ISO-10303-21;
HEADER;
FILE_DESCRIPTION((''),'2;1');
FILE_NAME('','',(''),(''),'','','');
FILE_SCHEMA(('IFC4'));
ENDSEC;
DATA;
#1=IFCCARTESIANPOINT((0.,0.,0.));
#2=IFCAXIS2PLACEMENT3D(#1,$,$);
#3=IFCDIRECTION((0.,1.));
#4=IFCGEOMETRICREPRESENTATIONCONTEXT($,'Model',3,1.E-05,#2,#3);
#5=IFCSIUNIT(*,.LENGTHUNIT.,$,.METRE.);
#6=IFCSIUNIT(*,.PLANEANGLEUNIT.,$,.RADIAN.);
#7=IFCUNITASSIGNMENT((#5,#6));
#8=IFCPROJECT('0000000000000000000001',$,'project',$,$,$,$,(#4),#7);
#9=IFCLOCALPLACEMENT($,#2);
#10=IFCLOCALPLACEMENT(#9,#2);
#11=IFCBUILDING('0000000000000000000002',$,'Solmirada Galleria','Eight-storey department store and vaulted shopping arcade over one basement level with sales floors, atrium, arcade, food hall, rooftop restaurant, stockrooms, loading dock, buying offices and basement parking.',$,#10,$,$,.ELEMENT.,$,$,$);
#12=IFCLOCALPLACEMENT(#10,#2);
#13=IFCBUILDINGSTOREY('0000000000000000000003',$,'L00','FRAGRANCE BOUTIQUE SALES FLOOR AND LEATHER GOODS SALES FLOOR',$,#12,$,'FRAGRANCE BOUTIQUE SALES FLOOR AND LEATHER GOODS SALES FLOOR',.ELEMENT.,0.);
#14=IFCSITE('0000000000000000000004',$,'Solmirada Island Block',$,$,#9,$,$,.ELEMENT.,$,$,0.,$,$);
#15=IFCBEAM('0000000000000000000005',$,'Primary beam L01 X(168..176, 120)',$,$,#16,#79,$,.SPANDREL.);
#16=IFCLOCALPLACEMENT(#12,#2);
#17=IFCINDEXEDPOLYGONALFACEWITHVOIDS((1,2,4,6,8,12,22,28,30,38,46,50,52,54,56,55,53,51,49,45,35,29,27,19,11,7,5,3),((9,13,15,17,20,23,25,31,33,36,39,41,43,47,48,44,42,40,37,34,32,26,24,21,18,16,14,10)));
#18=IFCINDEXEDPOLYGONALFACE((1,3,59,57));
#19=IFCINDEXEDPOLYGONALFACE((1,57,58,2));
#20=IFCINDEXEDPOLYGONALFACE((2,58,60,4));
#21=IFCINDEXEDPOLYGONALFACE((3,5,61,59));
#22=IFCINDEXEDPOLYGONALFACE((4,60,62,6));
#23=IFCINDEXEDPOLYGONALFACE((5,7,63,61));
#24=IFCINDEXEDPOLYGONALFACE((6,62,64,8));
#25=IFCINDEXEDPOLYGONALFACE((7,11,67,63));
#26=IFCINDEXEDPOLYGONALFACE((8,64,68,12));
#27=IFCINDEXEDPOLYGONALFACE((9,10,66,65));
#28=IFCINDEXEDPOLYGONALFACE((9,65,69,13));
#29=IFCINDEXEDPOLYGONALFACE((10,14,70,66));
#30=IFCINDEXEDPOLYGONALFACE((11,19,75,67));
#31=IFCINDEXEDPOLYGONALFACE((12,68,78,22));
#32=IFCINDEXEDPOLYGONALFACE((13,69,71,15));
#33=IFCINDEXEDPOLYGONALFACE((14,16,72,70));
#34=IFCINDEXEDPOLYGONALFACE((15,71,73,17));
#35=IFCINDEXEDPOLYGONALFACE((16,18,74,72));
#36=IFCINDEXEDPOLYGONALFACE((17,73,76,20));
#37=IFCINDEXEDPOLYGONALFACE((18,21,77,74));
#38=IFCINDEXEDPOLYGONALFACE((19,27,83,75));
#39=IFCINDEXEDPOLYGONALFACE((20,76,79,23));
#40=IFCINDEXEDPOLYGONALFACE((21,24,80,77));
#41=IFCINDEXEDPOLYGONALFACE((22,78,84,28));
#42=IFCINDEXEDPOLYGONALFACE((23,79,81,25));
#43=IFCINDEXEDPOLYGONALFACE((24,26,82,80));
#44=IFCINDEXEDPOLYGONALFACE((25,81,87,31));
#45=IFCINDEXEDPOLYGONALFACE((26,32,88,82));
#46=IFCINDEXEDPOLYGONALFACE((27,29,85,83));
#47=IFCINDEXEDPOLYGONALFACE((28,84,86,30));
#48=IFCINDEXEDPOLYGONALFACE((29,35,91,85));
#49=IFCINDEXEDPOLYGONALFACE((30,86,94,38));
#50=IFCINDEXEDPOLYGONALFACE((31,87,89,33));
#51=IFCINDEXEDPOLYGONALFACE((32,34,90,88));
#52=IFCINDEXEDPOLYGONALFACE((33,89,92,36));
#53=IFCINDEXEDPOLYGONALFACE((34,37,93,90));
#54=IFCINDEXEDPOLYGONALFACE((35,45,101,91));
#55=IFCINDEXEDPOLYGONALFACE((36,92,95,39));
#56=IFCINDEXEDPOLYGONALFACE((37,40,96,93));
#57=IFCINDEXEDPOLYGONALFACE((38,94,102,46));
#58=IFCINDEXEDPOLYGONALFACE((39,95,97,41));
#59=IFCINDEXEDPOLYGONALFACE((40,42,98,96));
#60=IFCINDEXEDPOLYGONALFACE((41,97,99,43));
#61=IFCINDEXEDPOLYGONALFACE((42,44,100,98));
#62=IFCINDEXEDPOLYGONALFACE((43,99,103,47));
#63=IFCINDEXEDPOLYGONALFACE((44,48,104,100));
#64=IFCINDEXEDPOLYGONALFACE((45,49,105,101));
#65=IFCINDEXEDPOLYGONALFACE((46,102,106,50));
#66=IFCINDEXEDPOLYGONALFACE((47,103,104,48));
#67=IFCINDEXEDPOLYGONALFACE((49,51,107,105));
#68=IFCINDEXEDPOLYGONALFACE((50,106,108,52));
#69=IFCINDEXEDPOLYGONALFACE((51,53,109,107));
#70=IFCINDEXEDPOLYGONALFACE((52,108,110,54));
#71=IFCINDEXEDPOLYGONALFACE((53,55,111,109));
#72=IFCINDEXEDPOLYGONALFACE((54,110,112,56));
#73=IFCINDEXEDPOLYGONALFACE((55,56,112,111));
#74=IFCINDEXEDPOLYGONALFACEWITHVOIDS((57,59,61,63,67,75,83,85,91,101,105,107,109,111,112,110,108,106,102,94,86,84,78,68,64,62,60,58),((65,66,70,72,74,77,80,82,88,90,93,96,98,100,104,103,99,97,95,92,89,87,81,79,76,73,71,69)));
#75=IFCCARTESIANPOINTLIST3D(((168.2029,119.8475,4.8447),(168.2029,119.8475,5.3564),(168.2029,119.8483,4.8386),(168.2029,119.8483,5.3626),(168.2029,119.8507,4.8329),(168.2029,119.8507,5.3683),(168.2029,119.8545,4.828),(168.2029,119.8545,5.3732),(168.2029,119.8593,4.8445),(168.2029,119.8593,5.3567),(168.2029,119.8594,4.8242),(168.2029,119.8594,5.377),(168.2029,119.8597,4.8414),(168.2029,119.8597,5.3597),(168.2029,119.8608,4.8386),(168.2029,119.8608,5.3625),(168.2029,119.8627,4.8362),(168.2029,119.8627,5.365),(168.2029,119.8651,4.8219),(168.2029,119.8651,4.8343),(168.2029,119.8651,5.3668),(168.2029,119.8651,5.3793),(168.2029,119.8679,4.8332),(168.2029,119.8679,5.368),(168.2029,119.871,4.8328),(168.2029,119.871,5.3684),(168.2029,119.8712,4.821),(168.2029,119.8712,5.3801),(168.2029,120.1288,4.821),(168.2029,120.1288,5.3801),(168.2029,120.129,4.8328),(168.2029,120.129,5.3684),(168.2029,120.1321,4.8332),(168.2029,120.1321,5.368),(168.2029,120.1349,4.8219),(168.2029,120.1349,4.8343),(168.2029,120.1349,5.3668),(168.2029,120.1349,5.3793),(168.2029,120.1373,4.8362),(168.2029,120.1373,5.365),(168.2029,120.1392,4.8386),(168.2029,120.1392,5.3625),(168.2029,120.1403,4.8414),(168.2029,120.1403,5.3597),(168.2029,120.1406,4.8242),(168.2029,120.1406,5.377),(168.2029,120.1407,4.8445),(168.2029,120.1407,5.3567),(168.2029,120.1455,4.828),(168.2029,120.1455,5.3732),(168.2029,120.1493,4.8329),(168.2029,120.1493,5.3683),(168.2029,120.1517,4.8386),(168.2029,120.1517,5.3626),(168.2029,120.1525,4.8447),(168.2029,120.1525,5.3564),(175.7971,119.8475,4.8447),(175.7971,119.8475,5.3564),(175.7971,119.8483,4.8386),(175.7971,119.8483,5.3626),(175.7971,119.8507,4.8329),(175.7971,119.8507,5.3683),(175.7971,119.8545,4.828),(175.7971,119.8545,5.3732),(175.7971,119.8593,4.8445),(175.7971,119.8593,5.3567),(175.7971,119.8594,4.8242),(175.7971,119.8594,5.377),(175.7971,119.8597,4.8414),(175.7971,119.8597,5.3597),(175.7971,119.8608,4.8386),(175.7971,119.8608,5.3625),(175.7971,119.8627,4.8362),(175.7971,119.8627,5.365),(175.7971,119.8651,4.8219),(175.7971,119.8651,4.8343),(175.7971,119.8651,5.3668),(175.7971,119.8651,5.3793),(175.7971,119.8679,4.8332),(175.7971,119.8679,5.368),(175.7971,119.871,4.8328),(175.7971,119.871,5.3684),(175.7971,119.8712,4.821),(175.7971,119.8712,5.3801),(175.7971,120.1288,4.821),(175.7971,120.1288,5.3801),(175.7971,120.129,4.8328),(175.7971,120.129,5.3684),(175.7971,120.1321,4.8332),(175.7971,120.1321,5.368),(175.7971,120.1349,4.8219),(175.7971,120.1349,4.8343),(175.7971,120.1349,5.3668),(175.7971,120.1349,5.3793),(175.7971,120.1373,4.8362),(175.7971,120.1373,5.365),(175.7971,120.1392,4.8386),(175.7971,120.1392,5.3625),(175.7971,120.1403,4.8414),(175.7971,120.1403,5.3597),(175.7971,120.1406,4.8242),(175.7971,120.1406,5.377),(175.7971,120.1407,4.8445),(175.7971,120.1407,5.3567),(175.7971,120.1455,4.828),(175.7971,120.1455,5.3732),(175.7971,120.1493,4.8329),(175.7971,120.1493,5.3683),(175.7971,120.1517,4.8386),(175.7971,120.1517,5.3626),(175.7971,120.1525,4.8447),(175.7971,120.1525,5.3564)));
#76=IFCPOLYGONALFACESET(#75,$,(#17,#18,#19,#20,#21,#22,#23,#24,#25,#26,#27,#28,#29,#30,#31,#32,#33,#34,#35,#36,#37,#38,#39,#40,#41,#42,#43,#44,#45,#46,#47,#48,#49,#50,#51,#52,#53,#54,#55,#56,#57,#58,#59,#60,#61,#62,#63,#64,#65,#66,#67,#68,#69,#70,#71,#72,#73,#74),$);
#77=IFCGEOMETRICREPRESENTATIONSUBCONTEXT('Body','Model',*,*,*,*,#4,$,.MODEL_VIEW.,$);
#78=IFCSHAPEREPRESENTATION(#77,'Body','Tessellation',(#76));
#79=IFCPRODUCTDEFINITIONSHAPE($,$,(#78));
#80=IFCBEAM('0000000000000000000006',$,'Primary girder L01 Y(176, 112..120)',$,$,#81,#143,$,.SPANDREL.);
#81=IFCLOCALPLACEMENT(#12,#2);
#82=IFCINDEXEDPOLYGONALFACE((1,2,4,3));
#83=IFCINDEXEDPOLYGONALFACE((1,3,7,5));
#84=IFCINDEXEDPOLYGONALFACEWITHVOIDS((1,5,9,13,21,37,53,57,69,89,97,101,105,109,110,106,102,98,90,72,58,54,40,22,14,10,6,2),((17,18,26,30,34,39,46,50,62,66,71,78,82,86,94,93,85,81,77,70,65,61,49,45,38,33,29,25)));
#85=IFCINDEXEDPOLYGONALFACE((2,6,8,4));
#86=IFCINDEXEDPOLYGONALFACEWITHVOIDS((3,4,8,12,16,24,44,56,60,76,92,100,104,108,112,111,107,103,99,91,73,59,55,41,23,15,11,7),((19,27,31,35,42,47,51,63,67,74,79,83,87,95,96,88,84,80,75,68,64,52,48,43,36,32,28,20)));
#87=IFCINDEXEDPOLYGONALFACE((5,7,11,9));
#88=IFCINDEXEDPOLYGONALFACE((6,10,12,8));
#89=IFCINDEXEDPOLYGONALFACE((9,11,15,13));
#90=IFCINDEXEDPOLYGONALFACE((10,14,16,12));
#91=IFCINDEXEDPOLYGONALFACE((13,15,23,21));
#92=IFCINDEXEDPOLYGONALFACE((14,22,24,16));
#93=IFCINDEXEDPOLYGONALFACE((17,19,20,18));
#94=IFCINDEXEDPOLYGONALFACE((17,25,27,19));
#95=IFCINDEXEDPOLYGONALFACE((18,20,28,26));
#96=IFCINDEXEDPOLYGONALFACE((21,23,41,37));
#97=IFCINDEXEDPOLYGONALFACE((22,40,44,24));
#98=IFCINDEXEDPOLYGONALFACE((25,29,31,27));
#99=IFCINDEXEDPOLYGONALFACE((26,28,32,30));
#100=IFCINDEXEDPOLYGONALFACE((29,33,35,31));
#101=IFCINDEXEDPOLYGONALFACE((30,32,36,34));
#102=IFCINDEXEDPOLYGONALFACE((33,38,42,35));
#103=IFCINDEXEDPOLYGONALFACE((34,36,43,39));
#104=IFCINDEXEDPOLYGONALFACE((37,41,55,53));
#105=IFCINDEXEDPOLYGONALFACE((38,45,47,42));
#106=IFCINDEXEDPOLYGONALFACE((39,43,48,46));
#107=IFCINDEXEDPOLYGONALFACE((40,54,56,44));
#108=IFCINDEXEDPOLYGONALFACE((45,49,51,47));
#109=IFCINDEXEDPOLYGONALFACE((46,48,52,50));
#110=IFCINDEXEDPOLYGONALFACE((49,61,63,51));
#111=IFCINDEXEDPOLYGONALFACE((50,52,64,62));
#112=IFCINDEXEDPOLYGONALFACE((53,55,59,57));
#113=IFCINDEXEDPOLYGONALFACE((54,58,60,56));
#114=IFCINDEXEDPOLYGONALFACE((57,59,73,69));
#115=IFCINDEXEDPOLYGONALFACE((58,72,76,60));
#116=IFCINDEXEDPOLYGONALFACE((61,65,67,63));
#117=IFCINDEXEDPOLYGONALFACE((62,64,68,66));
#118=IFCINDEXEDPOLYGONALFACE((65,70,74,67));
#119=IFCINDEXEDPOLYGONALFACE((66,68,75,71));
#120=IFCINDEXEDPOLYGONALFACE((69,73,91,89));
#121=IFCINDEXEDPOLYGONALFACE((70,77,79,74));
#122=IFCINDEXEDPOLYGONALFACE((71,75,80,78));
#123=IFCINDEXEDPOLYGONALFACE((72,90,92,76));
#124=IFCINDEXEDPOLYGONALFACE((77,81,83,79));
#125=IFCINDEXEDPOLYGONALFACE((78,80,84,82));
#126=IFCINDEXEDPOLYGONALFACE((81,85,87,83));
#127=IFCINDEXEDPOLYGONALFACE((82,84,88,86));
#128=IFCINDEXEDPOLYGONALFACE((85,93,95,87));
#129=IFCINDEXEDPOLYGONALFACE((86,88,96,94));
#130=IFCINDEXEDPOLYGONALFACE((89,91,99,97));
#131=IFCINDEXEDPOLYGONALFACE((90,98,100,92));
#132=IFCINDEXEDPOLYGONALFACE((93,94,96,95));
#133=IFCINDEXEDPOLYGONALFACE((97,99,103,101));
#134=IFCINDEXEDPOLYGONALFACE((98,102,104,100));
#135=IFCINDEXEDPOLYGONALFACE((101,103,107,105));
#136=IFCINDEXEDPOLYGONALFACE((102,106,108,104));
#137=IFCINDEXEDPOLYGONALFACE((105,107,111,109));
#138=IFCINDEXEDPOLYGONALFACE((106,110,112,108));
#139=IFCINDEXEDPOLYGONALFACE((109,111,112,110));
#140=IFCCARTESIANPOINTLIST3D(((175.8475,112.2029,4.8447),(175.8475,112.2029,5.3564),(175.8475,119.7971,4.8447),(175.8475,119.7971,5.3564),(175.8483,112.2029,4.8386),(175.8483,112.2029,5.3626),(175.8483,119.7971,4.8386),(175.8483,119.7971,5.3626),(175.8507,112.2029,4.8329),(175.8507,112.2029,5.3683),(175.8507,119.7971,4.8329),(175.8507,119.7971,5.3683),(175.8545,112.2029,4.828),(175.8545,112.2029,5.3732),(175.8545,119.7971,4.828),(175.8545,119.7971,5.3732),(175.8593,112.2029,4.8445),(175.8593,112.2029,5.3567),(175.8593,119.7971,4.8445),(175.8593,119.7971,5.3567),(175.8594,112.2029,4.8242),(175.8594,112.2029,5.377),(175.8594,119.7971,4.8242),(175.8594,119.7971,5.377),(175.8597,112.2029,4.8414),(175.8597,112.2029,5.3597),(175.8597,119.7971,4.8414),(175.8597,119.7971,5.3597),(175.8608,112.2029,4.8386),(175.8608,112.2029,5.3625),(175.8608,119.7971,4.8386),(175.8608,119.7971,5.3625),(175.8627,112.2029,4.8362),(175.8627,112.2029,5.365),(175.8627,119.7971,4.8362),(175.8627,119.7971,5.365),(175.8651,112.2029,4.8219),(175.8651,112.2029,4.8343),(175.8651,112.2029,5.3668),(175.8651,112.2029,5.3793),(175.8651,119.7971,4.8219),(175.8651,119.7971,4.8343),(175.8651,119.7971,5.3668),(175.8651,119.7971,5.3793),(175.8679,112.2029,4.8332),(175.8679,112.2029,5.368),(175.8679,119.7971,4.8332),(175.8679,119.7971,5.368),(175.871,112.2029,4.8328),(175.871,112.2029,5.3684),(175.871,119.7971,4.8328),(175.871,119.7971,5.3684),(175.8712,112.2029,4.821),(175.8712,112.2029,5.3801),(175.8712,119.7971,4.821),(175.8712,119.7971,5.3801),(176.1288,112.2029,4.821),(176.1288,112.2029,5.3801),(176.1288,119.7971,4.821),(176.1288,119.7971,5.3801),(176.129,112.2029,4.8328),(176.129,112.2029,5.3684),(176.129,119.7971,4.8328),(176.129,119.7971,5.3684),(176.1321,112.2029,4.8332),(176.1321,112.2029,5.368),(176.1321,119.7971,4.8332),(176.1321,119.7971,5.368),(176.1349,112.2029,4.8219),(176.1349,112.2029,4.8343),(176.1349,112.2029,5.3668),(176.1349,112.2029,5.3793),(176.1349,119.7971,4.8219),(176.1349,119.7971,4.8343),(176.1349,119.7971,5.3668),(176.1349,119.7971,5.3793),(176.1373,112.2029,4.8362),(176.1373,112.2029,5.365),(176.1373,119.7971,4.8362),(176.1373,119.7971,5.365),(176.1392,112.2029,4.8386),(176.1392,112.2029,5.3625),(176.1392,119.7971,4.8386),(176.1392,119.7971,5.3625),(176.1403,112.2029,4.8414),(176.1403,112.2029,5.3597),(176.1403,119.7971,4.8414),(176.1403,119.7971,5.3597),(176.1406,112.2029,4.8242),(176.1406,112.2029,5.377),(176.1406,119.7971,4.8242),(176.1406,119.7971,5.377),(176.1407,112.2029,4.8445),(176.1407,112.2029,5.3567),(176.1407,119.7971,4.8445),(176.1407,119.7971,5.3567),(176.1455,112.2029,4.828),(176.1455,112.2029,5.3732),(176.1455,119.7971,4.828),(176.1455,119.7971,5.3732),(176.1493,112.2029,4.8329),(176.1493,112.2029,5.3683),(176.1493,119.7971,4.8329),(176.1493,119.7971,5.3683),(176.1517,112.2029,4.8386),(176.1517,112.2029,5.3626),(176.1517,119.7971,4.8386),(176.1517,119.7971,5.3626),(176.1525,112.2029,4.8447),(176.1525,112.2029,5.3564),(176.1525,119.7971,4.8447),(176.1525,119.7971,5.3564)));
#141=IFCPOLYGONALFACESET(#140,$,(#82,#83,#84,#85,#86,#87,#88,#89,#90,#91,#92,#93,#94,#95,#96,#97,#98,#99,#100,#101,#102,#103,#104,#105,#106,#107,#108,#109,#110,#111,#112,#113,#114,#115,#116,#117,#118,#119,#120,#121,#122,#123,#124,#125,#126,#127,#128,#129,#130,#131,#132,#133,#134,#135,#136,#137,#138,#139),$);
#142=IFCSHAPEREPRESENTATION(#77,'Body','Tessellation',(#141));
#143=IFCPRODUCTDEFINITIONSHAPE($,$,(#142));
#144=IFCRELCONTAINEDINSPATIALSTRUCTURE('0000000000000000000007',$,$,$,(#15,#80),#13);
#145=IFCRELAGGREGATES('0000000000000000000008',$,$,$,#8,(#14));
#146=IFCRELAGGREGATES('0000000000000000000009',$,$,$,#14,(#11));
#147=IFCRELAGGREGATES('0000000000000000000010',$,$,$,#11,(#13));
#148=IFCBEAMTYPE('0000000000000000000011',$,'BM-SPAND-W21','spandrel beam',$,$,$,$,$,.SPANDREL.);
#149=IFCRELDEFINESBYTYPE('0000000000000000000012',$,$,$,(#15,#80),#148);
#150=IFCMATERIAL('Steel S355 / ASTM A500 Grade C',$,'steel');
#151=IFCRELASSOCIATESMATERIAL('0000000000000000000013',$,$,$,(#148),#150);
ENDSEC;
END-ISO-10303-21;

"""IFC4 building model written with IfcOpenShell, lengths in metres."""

from ifc_helpers import new_model, si_unit, direction, frame, origin, origin_2d, place, context, subcontext, project, spatial, hollow_rectangle, extrude, material, material_profile, profile_set, type_object, element, save


model = new_model("IFC4")

# Units and contexts
model_context = context("Model", 3, precision=1e-05, world=origin(), true_north=direction((0.0, 1.0)))
body_context = subcontext(model_context, "Body", "Model", "MODEL_VIEW")
ifc_project = project(units=[si_unit("LENGTHUNIT", "METRE"), si_unit("PLANEANGLEUNIT", "RADIAN")], contexts=[model_context])

# Site, building, storey
site_placement = place(None, origin())
site = spatial("IfcSite", under=ifc_project, at=site_placement, Name="Solmirada Island Block", CompositionType="ELEMENT", RefElevation=0.0)
building_placement = place(site_placement, origin())
building = spatial("IfcBuilding", under=site, at=building_placement, Name="Solmirada Galleria", Description="Eight-storey department store and vaulted shopping arcade over one basement level with sales floors, atrium, arcade, food hall, rooftop restaurant, stockrooms, loading dock, buying offices and basement parking.", CompositionType="ELEMENT")
storey_placement = place(building_placement, origin())
storey = spatial("IfcBuildingStorey", under=building, at=storey_placement, Name="L00", Description="FRAGRANCE BOUTIQUE SALES FLOOR AND LEATHER GOODS SALES FLOOR", LongName="FRAGRANCE BOUTIQUE SALES FLOOR AND LEATHER GOODS SALES FLOOR", CompositionType="ELEMENT", Elevation=0.0)

# Shared definitions
ifc_material_1 = material(Name="Steel S355 / ASTM A500 Grade C", Category="steel")

# Beams
ifc_material_profile_1 = material_profile(ifc_material_1, hollow_rectangle(XDim=0.3049, YDim=0.5591, WallThickness=0.0117, InnerFilletRadius=0.0117, OuterFilletRadius=0.0237, at=origin_2d()), Name="HSS22X12X1/2")
ifc_profile_set_1 = profile_set([ifc_material_profile_1], Name="Steel S355 / ASTM A500 Grade C")
beam_type_1 = type_object("IfcBeamType", Name="BM-SPAND-W21", Description="spandrel beam", PredefinedType="SPANDREL", material=ifc_profile_set_1)
for number, where, z_axis, x_axis, name in (
    (1, (168.2029, 120.0, 5.1006), (1.0, 0.0, 0.0), (0.0, 1.0, 0.0), "Primary beam L01 X(168..176, 120)"),
    (2, (176.0, 112.2029, 5.1006), (0.0, 1.0, 0.0), (-1.0, 0.0, 0.0), "Primary girder L01 Y(176, 112..120)"),
):
    element("IfcBeam", number, at=place(storey_placement, frame(where, z_axis=z_axis, x_axis=x_axis)), inside=storey, type_object=beam_type_1, Name=name, PredefinedType="SPANDREL", context=body_context, shape_type="SweptSolid", body=[
        extrude(hollow_rectangle(XDim=0.3049, YDim=0.5591, WallThickness=0.0117, InnerFilletRadius=0.0117, OuterFilletRadius=0.0237, at=origin_2d()), origin(), (0.0, 0.0, 1.0), 7.5942),
    ])

save(model, "model.ifc")
